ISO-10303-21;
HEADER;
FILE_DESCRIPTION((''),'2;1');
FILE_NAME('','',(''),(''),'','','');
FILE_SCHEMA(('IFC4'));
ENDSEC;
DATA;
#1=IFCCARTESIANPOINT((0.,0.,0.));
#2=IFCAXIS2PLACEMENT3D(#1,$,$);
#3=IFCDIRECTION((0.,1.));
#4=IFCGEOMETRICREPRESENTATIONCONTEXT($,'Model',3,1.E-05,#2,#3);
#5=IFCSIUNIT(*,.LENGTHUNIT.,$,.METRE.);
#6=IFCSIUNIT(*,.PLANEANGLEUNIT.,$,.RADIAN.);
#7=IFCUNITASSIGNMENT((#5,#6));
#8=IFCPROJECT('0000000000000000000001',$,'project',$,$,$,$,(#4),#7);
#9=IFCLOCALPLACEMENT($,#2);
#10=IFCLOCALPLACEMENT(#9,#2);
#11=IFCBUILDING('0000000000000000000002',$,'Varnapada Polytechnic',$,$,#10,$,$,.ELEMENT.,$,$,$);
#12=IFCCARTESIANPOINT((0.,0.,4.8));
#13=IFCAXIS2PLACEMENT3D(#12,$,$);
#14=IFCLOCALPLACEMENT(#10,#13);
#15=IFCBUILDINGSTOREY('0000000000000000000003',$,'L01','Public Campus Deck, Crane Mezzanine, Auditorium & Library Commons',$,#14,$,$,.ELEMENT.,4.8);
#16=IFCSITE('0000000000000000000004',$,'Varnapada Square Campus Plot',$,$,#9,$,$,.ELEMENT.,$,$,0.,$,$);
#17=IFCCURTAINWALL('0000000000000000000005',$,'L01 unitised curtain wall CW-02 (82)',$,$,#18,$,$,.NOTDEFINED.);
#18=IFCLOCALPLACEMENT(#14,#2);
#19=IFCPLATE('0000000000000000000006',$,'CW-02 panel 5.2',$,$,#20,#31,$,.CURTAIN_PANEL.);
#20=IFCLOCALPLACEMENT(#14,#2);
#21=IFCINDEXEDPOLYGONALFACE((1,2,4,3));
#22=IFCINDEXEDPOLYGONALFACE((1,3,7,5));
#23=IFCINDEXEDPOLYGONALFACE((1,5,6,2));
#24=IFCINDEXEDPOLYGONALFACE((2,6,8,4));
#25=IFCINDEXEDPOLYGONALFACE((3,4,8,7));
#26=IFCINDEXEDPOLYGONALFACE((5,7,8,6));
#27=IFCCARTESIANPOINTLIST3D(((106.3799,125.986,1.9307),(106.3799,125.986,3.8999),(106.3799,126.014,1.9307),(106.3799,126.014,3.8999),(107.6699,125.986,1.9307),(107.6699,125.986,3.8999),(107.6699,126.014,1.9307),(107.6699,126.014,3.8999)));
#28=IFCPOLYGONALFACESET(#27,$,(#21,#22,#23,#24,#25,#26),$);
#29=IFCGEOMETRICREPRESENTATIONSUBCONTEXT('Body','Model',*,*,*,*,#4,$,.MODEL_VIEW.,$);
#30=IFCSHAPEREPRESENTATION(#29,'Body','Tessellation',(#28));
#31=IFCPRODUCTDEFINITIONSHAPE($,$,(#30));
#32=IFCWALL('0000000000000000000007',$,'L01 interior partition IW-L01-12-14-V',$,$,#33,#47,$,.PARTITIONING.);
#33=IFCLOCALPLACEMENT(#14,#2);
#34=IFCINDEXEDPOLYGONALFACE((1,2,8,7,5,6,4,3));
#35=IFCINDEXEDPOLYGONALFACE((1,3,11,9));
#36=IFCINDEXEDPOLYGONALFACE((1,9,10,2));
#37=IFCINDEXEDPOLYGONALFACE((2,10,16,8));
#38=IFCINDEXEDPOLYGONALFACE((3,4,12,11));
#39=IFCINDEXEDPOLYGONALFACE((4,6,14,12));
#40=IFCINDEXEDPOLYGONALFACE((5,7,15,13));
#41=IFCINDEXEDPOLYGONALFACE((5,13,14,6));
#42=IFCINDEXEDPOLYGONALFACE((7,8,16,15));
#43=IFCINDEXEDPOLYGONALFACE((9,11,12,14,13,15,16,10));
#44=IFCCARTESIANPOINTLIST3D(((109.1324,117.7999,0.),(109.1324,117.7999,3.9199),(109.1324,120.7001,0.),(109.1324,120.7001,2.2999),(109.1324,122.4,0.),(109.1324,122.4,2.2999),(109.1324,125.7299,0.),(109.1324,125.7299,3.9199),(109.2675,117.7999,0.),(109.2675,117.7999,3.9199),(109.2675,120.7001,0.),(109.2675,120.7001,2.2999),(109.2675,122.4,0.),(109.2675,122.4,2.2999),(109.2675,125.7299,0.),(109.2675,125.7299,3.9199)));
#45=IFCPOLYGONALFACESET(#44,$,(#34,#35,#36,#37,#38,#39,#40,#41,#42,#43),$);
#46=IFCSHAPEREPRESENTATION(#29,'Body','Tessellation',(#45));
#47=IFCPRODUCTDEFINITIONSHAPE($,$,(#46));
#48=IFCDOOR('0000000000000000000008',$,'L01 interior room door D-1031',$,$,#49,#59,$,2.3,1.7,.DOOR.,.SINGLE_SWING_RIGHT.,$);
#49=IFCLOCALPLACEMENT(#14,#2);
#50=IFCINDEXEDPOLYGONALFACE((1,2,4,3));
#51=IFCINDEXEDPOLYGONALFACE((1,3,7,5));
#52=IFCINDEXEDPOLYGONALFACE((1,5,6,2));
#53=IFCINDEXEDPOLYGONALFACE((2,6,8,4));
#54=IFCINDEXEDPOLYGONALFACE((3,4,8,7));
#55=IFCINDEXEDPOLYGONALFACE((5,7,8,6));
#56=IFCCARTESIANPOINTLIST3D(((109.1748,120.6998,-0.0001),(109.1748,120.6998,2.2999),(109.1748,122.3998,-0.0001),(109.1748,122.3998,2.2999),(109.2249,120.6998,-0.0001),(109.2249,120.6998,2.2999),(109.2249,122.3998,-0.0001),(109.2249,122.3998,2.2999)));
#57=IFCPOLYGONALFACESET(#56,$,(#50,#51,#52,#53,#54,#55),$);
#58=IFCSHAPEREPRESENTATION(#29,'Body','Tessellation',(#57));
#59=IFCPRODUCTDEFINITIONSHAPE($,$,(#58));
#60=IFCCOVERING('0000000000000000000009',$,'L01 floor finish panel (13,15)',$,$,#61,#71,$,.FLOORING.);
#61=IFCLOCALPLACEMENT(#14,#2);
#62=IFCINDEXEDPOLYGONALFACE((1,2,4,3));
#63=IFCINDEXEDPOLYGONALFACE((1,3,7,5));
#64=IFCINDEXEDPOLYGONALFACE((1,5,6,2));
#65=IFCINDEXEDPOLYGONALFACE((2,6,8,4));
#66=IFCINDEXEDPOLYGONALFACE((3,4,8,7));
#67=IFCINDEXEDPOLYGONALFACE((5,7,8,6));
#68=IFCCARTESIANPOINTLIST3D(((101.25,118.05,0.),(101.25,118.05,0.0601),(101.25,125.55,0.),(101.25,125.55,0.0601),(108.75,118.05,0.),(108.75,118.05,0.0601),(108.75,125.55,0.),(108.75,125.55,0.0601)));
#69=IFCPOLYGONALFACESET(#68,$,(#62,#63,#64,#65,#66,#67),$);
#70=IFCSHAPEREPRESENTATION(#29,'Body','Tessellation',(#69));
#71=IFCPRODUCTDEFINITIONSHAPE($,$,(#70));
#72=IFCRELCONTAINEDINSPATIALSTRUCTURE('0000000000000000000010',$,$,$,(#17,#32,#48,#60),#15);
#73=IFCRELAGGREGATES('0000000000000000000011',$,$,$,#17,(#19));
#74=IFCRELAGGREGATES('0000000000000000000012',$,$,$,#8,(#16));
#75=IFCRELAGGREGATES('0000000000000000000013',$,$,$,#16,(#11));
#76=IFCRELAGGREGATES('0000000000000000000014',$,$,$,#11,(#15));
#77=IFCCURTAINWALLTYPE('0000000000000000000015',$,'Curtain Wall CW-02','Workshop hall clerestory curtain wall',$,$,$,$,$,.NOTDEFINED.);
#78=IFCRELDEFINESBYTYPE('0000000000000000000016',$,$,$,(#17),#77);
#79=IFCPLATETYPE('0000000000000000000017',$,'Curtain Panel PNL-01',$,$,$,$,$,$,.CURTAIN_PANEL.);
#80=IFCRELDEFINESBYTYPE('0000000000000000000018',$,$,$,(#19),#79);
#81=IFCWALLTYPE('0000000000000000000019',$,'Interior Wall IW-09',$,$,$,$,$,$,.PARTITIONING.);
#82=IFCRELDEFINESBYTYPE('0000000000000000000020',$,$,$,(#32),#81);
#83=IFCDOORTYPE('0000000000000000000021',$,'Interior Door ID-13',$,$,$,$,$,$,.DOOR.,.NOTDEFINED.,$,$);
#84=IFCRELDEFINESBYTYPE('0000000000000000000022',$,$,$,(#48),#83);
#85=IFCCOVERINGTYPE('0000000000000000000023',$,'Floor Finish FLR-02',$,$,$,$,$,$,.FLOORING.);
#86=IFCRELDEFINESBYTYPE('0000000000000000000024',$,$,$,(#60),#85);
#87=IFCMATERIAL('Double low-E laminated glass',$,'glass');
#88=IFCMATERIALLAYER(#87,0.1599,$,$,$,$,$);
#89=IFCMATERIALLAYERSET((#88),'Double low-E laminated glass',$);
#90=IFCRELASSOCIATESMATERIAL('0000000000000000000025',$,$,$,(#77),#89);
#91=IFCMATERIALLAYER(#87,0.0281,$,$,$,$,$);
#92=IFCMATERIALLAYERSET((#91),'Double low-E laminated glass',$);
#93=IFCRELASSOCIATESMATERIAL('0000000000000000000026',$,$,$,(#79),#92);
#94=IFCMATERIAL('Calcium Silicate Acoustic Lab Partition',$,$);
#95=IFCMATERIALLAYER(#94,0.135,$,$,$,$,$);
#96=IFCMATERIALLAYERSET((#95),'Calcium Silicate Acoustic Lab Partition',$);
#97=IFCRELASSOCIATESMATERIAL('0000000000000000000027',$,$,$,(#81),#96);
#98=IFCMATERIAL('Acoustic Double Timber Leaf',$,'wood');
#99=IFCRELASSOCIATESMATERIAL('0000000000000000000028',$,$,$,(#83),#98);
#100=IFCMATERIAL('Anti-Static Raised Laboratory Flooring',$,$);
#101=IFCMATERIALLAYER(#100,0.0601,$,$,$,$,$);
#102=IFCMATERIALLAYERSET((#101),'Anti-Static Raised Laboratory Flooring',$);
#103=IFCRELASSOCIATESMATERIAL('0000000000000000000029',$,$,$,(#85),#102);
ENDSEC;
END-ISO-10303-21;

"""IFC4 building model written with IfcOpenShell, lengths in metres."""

from ifc_helpers import new_model, si_unit, direction, frame, frame_2d, origin, origin_2d, place, context, subcontext, project, spatial, rectangle, extrude, material, layer, layer_set, type_object, element, fill, aggregate, save


model = new_model("IFC4")

# Units and contexts
model_context = context("Model", 3, precision=1e-05, world=origin(), true_north=direction((0.0, 1.0)))
body_context = subcontext(model_context, "Body", "Model", "MODEL_VIEW")
ifc_project = project(units=[si_unit("LENGTHUNIT", "METRE"), si_unit("PLANEANGLEUNIT", "RADIAN")], contexts=[model_context])

# Site, building, storey
site_placement = place(None, origin())
site = spatial("IfcSite", under=ifc_project, at=site_placement, Name="Varnapada Square Campus Plot", CompositionType="ELEMENT", RefElevation=0.0)
building_placement = place(site_placement, origin())
building = spatial("IfcBuilding", under=site, at=building_placement, Name="Varnapada Polytechnic", CompositionType="ELEMENT")
storey_placement = place(building_placement, frame((0.0, 0.0, 4.8)))
storey = spatial("IfcBuildingStorey", under=building, at=storey_placement, Name="L01", Description="Public Campus Deck, Crane Mezzanine, Auditorium & Library Commons", CompositionType="ELEMENT", Elevation=4.8)

# Curtain wall
ifc_material_1 = material(Name="Double low-E laminated glass", Category="glass")
ifc_layer_1 = layer(ifc_material_1, 0.1599)
ifc_layer_set_1 = layer_set([ifc_layer_1], Name="Double low-E laminated glass")
curtain_wall_type = type_object("IfcCurtainWallType", Name="Curtain Wall CW-02", Description="Workshop hall clerestory curtain wall", PredefinedType="NOTDEFINED", material=ifc_layer_set_1)
curtain_wall_1_placement = place(storey_placement, origin())
curtain_wall_1 = element("IfcCurtainWall", 1, at=curtain_wall_1_placement, inside=storey, type_object=curtain_wall_type, Name="L01 unitised curtain wall CW-02 (82)", PredefinedType="NOTDEFINED")

# Plate
ifc_layer_2 = layer(ifc_material_1, 0.0281)
ifc_layer_set_2 = layer_set([ifc_layer_2], Name="Double low-E laminated glass")
plate_type = type_object("IfcPlateType", Name="Curtain Panel PNL-01", PredefinedType="CURTAIN_PANEL", material=ifc_layer_set_2)
plate_1_placement = place(storey_placement, frame((107.0249, 126.0, 1.9307), z_axis=(0.0, 0.0, 1.0), x_axis=(1.0, 0.0, 0.0)))
plate_1 = element("IfcPlate", 2, at=plate_1_placement, type_object=plate_type, Name="CW-02 panel 5.2", PredefinedType="CURTAIN_PANEL", context=body_context, shape_type="SweptSolid", body=[
    extrude(rectangle(XDim=1.29, YDim=0.0281, at=origin_2d()), origin(), (0.0, 0.0, 1.0), 1.9692),
])
aggregate(curtain_wall_1, [plate_1])

# Wall, opening, door
ifc_material_2 = material(Name="Calcium Silicate Acoustic Lab Partition")
ifc_layer_3 = layer(ifc_material_2, 0.135)
ifc_layer_set_3 = layer_set([ifc_layer_3], Name="Calcium Silicate Acoustic Lab Partition")
wall_type = type_object("IfcWallType", Name="Interior Wall IW-09", PredefinedType="PARTITIONING", material=ifc_layer_set_3)
wall_placement = place(storey_placement, frame((109.2, 117.8, 0.0), z_axis=(0.0, 0.0, 1.0), x_axis=(0.0, 1.0, 0.0)))
wall = element("IfcWall", 3, at=wall_placement, inside=storey, type_object=wall_type, Name="L01 interior partition IW-L01-12-14-V", PredefinedType="PARTITIONING", context=body_context, shape_type="SweptSolid", body=[
    extrude(rectangle(XDim=7.9299, YDim=0.135, at=frame_2d((3.9648, 0.0))), origin(), (0.0, 0.0, 1.0), 3.9199),
])
opening_placement = place(wall_placement, frame((2.8999, 0.0, 0.0)))
opening = element("IfcOpeningElement", 4, at=opening_placement, cuts=wall, PredefinedType="OPENING", context=body_context, shape_type="SweptSolid", body=[
    extrude(rectangle(XDim=1.7, YDim=2.3, at=frame_2d((0.8501, 1.1499))), frame((0.0, 0.0774, 0.0), z_axis=(0.0, -1.0, 0.0), x_axis=(1.0, 0.0, 0.0)), (0.0, 0.0, 1.0), 0.155),
])
ifc_material_3 = material(Name="Acoustic Double Timber Leaf", Category="wood")
door_type = type_object("IfcDoorType", Name="Interior Door ID-13", OperationType="NOTDEFINED", PredefinedType="DOOR", material=ifc_material_3)
door_placement = place(opening_placement, frame((1.7, 0.0, 0.0), z_axis=(0.0, 0.0, 1.0), x_axis=(-1.0, 0.0, 0.0)))
door = element("IfcDoor", 5, at=door_placement, inside=storey, type_object=door_type, Name="L01 interior room door D-1031", OperationType="SINGLE_SWING_RIGHT", OverallHeight=2.3, OverallWidth=1.7, PredefinedType="DOOR", context=body_context, shape_type="SweptSolid", body=[
    extrude(rectangle(XDim=1.7, YDim=2.3, at=frame_2d((0.8501, 1.1499))), frame((0.0, 0.0249, 0.0), z_axis=(0.0, -1.0, 0.0), x_axis=(1.0, 0.0, 0.0)), (0.0, 0.0, 1.0), 0.05),
])
fill(opening, door)

# Covering
ifc_material_4 = material(Name="Anti-Static Raised Laboratory Flooring")
ifc_layer_4 = layer(ifc_material_4, 0.0601)
ifc_layer_set_4 = layer_set([ifc_layer_4], Name="Anti-Static Raised Laboratory Flooring")
covering_type = type_object("IfcCoveringType", Name="Floor Finish FLR-02", PredefinedType="FLOORING", material=ifc_layer_set_4)
covering_placement = place(storey_placement, frame((105.0, 121.8, 0.0), z_axis=(0.0, 0.0, 1.0), x_axis=(1.0, 0.0, 0.0)))
element("IfcCovering", 6, at=covering_placement, inside=storey, type_object=covering_type, Name="L01 floor finish panel (13,15)", PredefinedType="FLOORING", context=body_context, shape_type="SweptSolid", body=[
    extrude(rectangle(XDim=7.5, YDim=7.5, at=origin_2d()), origin(), (0.0, 0.0, 1.0), 0.0601),
])

save(model, "model.ifc")
